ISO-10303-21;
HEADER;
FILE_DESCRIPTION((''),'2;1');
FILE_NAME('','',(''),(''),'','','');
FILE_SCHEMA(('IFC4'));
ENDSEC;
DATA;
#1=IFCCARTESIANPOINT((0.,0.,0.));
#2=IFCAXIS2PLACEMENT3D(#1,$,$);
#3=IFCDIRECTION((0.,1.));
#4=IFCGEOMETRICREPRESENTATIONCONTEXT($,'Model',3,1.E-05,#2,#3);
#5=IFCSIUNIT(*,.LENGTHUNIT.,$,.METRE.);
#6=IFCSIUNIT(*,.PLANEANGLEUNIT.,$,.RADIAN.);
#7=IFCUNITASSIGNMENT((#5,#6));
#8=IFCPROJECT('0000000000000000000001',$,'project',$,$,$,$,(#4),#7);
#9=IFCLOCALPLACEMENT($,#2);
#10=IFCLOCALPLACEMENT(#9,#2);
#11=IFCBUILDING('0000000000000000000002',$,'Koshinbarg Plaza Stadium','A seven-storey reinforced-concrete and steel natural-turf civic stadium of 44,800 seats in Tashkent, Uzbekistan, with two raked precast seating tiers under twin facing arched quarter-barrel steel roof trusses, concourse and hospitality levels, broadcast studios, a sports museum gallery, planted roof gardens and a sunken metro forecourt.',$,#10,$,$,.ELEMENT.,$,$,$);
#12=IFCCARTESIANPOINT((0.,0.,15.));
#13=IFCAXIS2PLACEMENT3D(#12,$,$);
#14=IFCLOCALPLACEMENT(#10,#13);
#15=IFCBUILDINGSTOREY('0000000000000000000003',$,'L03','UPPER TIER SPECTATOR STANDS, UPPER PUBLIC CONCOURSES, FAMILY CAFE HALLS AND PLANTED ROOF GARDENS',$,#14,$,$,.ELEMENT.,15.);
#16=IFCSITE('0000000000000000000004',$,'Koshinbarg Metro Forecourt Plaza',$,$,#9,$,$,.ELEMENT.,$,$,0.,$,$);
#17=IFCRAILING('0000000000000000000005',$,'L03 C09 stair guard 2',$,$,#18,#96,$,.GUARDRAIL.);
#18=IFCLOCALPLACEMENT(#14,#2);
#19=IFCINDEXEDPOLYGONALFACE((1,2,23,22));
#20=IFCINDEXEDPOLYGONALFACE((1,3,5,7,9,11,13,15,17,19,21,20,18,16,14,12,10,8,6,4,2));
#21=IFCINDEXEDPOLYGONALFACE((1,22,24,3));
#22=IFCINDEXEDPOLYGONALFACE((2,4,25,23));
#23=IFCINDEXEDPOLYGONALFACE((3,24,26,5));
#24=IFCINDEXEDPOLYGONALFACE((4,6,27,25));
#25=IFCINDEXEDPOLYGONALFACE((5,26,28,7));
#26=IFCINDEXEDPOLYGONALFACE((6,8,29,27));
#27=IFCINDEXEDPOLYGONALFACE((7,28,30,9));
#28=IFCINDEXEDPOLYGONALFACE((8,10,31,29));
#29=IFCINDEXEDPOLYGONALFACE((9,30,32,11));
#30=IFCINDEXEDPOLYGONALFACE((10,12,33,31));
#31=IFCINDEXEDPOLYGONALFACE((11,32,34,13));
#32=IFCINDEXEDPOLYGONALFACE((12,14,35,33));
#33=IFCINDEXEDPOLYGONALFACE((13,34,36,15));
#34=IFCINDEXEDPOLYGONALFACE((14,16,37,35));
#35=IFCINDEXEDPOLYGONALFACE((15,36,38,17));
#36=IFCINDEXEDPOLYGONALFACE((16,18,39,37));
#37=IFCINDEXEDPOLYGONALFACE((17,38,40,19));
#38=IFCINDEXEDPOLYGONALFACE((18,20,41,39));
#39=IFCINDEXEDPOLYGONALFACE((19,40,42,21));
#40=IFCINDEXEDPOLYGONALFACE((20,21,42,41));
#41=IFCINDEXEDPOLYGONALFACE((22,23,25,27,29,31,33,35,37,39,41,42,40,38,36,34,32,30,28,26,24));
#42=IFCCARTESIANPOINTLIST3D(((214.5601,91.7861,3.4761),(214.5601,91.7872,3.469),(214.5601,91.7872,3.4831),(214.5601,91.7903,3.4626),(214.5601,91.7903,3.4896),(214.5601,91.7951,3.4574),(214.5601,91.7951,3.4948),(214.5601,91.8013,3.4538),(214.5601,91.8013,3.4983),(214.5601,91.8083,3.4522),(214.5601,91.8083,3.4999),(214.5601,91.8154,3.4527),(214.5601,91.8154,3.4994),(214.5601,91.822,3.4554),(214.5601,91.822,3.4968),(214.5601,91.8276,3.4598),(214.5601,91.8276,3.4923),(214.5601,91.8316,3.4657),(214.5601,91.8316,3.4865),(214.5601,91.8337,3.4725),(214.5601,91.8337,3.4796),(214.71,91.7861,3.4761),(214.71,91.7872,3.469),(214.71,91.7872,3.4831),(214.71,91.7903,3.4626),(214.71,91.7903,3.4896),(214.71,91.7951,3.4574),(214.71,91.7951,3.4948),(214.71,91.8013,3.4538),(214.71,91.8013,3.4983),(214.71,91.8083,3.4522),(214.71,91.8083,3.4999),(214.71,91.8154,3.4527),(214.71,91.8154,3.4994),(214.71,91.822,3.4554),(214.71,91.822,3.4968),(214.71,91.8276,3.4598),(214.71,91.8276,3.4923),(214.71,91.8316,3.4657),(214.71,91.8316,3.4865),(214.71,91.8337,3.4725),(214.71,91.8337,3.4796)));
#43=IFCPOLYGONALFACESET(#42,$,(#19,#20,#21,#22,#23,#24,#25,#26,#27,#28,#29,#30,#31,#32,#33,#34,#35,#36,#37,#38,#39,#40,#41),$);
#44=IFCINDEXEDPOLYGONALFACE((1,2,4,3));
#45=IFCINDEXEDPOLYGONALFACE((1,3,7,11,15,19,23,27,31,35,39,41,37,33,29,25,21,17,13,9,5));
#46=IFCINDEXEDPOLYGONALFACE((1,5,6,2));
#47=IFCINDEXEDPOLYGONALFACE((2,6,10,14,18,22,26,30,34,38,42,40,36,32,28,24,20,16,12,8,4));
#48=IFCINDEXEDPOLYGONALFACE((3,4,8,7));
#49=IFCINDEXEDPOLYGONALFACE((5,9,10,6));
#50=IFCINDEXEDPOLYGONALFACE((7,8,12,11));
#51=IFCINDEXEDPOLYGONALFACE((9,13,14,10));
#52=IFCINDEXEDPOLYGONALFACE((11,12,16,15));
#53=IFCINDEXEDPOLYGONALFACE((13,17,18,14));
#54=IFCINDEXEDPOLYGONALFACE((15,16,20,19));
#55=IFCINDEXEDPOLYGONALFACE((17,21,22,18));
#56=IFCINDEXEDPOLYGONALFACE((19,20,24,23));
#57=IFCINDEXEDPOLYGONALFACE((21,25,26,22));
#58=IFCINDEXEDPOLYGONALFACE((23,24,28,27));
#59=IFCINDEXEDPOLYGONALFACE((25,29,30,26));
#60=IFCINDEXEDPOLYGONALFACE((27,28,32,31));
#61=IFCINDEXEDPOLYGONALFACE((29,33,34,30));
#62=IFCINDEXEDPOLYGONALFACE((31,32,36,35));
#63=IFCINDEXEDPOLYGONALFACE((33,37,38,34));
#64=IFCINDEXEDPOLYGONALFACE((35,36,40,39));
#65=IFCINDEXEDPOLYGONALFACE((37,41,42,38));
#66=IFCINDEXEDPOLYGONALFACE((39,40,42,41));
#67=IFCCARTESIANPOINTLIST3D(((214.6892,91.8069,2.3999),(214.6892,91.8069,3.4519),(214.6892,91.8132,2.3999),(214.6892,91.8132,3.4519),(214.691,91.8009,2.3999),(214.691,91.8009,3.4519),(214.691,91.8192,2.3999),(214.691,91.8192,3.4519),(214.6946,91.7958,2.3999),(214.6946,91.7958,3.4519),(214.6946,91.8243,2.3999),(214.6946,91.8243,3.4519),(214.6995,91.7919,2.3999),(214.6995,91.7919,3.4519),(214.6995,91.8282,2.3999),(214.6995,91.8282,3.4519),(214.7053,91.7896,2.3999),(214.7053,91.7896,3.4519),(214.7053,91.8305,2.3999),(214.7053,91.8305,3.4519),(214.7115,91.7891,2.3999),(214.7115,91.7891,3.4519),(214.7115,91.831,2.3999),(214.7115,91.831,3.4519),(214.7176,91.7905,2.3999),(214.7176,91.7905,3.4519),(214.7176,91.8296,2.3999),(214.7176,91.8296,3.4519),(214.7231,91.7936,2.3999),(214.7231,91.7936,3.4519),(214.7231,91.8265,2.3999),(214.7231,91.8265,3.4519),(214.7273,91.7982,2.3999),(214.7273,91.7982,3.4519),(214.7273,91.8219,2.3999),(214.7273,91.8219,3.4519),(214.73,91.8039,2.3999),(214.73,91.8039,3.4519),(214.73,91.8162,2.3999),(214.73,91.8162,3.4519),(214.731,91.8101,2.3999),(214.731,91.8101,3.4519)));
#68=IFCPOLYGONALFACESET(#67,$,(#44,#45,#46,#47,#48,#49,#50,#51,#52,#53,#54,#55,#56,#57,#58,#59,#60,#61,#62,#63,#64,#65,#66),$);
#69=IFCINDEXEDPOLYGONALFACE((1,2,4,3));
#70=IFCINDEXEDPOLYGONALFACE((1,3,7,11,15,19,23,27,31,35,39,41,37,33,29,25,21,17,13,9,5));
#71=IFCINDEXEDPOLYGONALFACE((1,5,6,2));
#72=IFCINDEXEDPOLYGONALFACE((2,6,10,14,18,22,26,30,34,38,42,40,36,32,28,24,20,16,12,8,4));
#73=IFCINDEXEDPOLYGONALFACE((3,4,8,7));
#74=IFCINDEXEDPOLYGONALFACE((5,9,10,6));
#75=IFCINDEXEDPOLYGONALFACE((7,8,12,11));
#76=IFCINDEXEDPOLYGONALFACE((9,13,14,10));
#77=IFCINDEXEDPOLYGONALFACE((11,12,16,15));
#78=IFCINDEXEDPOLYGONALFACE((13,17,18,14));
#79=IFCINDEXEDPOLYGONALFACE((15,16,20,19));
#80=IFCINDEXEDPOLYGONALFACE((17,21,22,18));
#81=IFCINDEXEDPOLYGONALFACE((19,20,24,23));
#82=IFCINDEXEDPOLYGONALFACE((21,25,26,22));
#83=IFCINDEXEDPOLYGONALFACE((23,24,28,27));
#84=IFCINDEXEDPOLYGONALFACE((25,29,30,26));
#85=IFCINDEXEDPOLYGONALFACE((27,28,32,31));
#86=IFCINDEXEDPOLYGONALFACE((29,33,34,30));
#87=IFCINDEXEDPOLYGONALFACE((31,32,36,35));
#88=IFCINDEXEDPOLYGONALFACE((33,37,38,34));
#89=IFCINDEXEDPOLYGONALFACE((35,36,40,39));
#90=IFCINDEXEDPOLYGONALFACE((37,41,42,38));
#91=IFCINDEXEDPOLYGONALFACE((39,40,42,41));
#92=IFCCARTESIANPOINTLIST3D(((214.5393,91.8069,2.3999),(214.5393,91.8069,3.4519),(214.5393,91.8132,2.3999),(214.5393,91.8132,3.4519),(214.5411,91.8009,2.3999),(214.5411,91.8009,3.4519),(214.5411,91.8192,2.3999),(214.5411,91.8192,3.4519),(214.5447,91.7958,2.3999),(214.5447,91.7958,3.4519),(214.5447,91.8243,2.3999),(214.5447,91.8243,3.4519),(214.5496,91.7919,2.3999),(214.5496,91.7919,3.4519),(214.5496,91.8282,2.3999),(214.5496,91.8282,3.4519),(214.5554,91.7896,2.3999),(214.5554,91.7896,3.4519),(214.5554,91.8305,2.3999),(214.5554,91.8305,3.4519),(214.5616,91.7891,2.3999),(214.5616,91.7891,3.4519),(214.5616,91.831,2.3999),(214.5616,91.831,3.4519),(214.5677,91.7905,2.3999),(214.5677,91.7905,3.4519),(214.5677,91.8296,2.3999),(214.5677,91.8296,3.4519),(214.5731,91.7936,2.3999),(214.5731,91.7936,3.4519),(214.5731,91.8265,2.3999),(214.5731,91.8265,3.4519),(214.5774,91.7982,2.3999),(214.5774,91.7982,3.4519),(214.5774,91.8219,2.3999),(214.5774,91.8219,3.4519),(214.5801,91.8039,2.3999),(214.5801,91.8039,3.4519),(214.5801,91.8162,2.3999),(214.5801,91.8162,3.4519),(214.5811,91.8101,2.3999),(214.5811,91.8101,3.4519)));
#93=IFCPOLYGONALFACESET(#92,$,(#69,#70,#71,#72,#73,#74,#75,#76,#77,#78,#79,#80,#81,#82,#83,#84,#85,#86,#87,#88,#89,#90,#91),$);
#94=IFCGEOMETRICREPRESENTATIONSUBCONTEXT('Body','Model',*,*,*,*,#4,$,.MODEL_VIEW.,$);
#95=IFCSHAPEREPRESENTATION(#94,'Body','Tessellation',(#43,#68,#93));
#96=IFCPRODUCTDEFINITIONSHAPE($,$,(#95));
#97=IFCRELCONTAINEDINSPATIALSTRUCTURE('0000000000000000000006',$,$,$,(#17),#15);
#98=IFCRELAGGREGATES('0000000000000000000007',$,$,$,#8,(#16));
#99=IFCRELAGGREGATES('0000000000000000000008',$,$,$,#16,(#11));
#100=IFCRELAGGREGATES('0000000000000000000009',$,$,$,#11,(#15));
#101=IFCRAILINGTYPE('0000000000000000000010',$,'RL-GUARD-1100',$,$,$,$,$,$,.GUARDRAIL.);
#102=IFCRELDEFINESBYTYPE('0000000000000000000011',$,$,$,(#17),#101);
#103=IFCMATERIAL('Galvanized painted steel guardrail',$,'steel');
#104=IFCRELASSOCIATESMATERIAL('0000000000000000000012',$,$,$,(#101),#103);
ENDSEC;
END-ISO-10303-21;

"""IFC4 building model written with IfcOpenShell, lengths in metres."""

from ifc_helpers import new_model, si_unit, direction, frame, origin, origin_2d, place, context, subcontext, project, spatial, circle, extrude, material, type_object, element, save


model = new_model("IFC4")

# Units and contexts
model_context = context("Model", 3, precision=1e-05, world=origin(), true_north=direction((0.0, 1.0)))
body_context = subcontext(model_context, "Body", "Model", "MODEL_VIEW")
ifc_project = project(units=[si_unit("LENGTHUNIT", "METRE"), si_unit("PLANEANGLEUNIT", "RADIAN")], contexts=[model_context])

# Site, building, storey
site_placement = place(None, origin())
site = spatial("IfcSite", under=ifc_project, at=site_placement, Name="Koshinbarg Metro Forecourt Plaza", CompositionType="ELEMENT", RefElevation=0.0)
building_placement = place(site_placement, origin())
building = spatial("IfcBuilding", under=site, at=building_placement, Name="Koshinbarg Plaza Stadium", Description="A seven-storey reinforced-concrete and steel natural-turf civic stadium of 44,800 seats in Tashkent, Uzbekistan, with two raked precast seating tiers under twin facing arched quarter-barrel steel roof trusses, concourse and hospitality levels, broadcast studios, a sports museum gallery, planted roof gardens and a sunken metro forecourt.", CompositionType="ELEMENT")
storey_placement = place(building_placement, frame((0.0, 0.0, 15.0)))
storey = spatial("IfcBuildingStorey", under=building, at=storey_placement, Name="L03", Description="UPPER TIER SPECTATOR STANDS, UPPER PUBLIC CONCOURSES, FAMILY CAFE HALLS AND PLANTED ROOF GARDENS", CompositionType="ELEMENT", Elevation=15.0)

# Railing
ifc_material_1 = material(Name="Galvanized painted steel guardrail", Category="steel")
railing_type_1 = type_object("IfcRailingType", Name="RL-GUARD-1100", PredefinedType="GUARDRAIL", material=ifc_material_1)
railing_1_placement = place(storey_placement, frame((214.71, 91.8101, 2.3999)))
element("IfcRailing", 1, at=railing_1_placement, inside=storey, type_object=railing_type_1, Name="L03 C09 stair guard 2", PredefinedType="GUARDRAIL", context=body_context, shape_type="SweptSolid", body=[
    extrude(circle(Radius=0.0239, at=origin_2d()), frame((0.0, 0.0, 1.0762), z_axis=(-1.0, 0.0, 0.0), x_axis=(0.0, -1.0, 0.0)), (0.0, 0.0, 1.0), 0.1499),
    extrude(circle(Radius=0.021, at=origin_2d()), origin(), (0.0, 0.0, 1.0), 1.052),
    extrude(circle(Radius=0.021, at=origin_2d()), frame((-0.1499, 0.0, 0.0)), (0.0, 0.0, 1.0), 1.052),
])

save(model, "model.ifc")
